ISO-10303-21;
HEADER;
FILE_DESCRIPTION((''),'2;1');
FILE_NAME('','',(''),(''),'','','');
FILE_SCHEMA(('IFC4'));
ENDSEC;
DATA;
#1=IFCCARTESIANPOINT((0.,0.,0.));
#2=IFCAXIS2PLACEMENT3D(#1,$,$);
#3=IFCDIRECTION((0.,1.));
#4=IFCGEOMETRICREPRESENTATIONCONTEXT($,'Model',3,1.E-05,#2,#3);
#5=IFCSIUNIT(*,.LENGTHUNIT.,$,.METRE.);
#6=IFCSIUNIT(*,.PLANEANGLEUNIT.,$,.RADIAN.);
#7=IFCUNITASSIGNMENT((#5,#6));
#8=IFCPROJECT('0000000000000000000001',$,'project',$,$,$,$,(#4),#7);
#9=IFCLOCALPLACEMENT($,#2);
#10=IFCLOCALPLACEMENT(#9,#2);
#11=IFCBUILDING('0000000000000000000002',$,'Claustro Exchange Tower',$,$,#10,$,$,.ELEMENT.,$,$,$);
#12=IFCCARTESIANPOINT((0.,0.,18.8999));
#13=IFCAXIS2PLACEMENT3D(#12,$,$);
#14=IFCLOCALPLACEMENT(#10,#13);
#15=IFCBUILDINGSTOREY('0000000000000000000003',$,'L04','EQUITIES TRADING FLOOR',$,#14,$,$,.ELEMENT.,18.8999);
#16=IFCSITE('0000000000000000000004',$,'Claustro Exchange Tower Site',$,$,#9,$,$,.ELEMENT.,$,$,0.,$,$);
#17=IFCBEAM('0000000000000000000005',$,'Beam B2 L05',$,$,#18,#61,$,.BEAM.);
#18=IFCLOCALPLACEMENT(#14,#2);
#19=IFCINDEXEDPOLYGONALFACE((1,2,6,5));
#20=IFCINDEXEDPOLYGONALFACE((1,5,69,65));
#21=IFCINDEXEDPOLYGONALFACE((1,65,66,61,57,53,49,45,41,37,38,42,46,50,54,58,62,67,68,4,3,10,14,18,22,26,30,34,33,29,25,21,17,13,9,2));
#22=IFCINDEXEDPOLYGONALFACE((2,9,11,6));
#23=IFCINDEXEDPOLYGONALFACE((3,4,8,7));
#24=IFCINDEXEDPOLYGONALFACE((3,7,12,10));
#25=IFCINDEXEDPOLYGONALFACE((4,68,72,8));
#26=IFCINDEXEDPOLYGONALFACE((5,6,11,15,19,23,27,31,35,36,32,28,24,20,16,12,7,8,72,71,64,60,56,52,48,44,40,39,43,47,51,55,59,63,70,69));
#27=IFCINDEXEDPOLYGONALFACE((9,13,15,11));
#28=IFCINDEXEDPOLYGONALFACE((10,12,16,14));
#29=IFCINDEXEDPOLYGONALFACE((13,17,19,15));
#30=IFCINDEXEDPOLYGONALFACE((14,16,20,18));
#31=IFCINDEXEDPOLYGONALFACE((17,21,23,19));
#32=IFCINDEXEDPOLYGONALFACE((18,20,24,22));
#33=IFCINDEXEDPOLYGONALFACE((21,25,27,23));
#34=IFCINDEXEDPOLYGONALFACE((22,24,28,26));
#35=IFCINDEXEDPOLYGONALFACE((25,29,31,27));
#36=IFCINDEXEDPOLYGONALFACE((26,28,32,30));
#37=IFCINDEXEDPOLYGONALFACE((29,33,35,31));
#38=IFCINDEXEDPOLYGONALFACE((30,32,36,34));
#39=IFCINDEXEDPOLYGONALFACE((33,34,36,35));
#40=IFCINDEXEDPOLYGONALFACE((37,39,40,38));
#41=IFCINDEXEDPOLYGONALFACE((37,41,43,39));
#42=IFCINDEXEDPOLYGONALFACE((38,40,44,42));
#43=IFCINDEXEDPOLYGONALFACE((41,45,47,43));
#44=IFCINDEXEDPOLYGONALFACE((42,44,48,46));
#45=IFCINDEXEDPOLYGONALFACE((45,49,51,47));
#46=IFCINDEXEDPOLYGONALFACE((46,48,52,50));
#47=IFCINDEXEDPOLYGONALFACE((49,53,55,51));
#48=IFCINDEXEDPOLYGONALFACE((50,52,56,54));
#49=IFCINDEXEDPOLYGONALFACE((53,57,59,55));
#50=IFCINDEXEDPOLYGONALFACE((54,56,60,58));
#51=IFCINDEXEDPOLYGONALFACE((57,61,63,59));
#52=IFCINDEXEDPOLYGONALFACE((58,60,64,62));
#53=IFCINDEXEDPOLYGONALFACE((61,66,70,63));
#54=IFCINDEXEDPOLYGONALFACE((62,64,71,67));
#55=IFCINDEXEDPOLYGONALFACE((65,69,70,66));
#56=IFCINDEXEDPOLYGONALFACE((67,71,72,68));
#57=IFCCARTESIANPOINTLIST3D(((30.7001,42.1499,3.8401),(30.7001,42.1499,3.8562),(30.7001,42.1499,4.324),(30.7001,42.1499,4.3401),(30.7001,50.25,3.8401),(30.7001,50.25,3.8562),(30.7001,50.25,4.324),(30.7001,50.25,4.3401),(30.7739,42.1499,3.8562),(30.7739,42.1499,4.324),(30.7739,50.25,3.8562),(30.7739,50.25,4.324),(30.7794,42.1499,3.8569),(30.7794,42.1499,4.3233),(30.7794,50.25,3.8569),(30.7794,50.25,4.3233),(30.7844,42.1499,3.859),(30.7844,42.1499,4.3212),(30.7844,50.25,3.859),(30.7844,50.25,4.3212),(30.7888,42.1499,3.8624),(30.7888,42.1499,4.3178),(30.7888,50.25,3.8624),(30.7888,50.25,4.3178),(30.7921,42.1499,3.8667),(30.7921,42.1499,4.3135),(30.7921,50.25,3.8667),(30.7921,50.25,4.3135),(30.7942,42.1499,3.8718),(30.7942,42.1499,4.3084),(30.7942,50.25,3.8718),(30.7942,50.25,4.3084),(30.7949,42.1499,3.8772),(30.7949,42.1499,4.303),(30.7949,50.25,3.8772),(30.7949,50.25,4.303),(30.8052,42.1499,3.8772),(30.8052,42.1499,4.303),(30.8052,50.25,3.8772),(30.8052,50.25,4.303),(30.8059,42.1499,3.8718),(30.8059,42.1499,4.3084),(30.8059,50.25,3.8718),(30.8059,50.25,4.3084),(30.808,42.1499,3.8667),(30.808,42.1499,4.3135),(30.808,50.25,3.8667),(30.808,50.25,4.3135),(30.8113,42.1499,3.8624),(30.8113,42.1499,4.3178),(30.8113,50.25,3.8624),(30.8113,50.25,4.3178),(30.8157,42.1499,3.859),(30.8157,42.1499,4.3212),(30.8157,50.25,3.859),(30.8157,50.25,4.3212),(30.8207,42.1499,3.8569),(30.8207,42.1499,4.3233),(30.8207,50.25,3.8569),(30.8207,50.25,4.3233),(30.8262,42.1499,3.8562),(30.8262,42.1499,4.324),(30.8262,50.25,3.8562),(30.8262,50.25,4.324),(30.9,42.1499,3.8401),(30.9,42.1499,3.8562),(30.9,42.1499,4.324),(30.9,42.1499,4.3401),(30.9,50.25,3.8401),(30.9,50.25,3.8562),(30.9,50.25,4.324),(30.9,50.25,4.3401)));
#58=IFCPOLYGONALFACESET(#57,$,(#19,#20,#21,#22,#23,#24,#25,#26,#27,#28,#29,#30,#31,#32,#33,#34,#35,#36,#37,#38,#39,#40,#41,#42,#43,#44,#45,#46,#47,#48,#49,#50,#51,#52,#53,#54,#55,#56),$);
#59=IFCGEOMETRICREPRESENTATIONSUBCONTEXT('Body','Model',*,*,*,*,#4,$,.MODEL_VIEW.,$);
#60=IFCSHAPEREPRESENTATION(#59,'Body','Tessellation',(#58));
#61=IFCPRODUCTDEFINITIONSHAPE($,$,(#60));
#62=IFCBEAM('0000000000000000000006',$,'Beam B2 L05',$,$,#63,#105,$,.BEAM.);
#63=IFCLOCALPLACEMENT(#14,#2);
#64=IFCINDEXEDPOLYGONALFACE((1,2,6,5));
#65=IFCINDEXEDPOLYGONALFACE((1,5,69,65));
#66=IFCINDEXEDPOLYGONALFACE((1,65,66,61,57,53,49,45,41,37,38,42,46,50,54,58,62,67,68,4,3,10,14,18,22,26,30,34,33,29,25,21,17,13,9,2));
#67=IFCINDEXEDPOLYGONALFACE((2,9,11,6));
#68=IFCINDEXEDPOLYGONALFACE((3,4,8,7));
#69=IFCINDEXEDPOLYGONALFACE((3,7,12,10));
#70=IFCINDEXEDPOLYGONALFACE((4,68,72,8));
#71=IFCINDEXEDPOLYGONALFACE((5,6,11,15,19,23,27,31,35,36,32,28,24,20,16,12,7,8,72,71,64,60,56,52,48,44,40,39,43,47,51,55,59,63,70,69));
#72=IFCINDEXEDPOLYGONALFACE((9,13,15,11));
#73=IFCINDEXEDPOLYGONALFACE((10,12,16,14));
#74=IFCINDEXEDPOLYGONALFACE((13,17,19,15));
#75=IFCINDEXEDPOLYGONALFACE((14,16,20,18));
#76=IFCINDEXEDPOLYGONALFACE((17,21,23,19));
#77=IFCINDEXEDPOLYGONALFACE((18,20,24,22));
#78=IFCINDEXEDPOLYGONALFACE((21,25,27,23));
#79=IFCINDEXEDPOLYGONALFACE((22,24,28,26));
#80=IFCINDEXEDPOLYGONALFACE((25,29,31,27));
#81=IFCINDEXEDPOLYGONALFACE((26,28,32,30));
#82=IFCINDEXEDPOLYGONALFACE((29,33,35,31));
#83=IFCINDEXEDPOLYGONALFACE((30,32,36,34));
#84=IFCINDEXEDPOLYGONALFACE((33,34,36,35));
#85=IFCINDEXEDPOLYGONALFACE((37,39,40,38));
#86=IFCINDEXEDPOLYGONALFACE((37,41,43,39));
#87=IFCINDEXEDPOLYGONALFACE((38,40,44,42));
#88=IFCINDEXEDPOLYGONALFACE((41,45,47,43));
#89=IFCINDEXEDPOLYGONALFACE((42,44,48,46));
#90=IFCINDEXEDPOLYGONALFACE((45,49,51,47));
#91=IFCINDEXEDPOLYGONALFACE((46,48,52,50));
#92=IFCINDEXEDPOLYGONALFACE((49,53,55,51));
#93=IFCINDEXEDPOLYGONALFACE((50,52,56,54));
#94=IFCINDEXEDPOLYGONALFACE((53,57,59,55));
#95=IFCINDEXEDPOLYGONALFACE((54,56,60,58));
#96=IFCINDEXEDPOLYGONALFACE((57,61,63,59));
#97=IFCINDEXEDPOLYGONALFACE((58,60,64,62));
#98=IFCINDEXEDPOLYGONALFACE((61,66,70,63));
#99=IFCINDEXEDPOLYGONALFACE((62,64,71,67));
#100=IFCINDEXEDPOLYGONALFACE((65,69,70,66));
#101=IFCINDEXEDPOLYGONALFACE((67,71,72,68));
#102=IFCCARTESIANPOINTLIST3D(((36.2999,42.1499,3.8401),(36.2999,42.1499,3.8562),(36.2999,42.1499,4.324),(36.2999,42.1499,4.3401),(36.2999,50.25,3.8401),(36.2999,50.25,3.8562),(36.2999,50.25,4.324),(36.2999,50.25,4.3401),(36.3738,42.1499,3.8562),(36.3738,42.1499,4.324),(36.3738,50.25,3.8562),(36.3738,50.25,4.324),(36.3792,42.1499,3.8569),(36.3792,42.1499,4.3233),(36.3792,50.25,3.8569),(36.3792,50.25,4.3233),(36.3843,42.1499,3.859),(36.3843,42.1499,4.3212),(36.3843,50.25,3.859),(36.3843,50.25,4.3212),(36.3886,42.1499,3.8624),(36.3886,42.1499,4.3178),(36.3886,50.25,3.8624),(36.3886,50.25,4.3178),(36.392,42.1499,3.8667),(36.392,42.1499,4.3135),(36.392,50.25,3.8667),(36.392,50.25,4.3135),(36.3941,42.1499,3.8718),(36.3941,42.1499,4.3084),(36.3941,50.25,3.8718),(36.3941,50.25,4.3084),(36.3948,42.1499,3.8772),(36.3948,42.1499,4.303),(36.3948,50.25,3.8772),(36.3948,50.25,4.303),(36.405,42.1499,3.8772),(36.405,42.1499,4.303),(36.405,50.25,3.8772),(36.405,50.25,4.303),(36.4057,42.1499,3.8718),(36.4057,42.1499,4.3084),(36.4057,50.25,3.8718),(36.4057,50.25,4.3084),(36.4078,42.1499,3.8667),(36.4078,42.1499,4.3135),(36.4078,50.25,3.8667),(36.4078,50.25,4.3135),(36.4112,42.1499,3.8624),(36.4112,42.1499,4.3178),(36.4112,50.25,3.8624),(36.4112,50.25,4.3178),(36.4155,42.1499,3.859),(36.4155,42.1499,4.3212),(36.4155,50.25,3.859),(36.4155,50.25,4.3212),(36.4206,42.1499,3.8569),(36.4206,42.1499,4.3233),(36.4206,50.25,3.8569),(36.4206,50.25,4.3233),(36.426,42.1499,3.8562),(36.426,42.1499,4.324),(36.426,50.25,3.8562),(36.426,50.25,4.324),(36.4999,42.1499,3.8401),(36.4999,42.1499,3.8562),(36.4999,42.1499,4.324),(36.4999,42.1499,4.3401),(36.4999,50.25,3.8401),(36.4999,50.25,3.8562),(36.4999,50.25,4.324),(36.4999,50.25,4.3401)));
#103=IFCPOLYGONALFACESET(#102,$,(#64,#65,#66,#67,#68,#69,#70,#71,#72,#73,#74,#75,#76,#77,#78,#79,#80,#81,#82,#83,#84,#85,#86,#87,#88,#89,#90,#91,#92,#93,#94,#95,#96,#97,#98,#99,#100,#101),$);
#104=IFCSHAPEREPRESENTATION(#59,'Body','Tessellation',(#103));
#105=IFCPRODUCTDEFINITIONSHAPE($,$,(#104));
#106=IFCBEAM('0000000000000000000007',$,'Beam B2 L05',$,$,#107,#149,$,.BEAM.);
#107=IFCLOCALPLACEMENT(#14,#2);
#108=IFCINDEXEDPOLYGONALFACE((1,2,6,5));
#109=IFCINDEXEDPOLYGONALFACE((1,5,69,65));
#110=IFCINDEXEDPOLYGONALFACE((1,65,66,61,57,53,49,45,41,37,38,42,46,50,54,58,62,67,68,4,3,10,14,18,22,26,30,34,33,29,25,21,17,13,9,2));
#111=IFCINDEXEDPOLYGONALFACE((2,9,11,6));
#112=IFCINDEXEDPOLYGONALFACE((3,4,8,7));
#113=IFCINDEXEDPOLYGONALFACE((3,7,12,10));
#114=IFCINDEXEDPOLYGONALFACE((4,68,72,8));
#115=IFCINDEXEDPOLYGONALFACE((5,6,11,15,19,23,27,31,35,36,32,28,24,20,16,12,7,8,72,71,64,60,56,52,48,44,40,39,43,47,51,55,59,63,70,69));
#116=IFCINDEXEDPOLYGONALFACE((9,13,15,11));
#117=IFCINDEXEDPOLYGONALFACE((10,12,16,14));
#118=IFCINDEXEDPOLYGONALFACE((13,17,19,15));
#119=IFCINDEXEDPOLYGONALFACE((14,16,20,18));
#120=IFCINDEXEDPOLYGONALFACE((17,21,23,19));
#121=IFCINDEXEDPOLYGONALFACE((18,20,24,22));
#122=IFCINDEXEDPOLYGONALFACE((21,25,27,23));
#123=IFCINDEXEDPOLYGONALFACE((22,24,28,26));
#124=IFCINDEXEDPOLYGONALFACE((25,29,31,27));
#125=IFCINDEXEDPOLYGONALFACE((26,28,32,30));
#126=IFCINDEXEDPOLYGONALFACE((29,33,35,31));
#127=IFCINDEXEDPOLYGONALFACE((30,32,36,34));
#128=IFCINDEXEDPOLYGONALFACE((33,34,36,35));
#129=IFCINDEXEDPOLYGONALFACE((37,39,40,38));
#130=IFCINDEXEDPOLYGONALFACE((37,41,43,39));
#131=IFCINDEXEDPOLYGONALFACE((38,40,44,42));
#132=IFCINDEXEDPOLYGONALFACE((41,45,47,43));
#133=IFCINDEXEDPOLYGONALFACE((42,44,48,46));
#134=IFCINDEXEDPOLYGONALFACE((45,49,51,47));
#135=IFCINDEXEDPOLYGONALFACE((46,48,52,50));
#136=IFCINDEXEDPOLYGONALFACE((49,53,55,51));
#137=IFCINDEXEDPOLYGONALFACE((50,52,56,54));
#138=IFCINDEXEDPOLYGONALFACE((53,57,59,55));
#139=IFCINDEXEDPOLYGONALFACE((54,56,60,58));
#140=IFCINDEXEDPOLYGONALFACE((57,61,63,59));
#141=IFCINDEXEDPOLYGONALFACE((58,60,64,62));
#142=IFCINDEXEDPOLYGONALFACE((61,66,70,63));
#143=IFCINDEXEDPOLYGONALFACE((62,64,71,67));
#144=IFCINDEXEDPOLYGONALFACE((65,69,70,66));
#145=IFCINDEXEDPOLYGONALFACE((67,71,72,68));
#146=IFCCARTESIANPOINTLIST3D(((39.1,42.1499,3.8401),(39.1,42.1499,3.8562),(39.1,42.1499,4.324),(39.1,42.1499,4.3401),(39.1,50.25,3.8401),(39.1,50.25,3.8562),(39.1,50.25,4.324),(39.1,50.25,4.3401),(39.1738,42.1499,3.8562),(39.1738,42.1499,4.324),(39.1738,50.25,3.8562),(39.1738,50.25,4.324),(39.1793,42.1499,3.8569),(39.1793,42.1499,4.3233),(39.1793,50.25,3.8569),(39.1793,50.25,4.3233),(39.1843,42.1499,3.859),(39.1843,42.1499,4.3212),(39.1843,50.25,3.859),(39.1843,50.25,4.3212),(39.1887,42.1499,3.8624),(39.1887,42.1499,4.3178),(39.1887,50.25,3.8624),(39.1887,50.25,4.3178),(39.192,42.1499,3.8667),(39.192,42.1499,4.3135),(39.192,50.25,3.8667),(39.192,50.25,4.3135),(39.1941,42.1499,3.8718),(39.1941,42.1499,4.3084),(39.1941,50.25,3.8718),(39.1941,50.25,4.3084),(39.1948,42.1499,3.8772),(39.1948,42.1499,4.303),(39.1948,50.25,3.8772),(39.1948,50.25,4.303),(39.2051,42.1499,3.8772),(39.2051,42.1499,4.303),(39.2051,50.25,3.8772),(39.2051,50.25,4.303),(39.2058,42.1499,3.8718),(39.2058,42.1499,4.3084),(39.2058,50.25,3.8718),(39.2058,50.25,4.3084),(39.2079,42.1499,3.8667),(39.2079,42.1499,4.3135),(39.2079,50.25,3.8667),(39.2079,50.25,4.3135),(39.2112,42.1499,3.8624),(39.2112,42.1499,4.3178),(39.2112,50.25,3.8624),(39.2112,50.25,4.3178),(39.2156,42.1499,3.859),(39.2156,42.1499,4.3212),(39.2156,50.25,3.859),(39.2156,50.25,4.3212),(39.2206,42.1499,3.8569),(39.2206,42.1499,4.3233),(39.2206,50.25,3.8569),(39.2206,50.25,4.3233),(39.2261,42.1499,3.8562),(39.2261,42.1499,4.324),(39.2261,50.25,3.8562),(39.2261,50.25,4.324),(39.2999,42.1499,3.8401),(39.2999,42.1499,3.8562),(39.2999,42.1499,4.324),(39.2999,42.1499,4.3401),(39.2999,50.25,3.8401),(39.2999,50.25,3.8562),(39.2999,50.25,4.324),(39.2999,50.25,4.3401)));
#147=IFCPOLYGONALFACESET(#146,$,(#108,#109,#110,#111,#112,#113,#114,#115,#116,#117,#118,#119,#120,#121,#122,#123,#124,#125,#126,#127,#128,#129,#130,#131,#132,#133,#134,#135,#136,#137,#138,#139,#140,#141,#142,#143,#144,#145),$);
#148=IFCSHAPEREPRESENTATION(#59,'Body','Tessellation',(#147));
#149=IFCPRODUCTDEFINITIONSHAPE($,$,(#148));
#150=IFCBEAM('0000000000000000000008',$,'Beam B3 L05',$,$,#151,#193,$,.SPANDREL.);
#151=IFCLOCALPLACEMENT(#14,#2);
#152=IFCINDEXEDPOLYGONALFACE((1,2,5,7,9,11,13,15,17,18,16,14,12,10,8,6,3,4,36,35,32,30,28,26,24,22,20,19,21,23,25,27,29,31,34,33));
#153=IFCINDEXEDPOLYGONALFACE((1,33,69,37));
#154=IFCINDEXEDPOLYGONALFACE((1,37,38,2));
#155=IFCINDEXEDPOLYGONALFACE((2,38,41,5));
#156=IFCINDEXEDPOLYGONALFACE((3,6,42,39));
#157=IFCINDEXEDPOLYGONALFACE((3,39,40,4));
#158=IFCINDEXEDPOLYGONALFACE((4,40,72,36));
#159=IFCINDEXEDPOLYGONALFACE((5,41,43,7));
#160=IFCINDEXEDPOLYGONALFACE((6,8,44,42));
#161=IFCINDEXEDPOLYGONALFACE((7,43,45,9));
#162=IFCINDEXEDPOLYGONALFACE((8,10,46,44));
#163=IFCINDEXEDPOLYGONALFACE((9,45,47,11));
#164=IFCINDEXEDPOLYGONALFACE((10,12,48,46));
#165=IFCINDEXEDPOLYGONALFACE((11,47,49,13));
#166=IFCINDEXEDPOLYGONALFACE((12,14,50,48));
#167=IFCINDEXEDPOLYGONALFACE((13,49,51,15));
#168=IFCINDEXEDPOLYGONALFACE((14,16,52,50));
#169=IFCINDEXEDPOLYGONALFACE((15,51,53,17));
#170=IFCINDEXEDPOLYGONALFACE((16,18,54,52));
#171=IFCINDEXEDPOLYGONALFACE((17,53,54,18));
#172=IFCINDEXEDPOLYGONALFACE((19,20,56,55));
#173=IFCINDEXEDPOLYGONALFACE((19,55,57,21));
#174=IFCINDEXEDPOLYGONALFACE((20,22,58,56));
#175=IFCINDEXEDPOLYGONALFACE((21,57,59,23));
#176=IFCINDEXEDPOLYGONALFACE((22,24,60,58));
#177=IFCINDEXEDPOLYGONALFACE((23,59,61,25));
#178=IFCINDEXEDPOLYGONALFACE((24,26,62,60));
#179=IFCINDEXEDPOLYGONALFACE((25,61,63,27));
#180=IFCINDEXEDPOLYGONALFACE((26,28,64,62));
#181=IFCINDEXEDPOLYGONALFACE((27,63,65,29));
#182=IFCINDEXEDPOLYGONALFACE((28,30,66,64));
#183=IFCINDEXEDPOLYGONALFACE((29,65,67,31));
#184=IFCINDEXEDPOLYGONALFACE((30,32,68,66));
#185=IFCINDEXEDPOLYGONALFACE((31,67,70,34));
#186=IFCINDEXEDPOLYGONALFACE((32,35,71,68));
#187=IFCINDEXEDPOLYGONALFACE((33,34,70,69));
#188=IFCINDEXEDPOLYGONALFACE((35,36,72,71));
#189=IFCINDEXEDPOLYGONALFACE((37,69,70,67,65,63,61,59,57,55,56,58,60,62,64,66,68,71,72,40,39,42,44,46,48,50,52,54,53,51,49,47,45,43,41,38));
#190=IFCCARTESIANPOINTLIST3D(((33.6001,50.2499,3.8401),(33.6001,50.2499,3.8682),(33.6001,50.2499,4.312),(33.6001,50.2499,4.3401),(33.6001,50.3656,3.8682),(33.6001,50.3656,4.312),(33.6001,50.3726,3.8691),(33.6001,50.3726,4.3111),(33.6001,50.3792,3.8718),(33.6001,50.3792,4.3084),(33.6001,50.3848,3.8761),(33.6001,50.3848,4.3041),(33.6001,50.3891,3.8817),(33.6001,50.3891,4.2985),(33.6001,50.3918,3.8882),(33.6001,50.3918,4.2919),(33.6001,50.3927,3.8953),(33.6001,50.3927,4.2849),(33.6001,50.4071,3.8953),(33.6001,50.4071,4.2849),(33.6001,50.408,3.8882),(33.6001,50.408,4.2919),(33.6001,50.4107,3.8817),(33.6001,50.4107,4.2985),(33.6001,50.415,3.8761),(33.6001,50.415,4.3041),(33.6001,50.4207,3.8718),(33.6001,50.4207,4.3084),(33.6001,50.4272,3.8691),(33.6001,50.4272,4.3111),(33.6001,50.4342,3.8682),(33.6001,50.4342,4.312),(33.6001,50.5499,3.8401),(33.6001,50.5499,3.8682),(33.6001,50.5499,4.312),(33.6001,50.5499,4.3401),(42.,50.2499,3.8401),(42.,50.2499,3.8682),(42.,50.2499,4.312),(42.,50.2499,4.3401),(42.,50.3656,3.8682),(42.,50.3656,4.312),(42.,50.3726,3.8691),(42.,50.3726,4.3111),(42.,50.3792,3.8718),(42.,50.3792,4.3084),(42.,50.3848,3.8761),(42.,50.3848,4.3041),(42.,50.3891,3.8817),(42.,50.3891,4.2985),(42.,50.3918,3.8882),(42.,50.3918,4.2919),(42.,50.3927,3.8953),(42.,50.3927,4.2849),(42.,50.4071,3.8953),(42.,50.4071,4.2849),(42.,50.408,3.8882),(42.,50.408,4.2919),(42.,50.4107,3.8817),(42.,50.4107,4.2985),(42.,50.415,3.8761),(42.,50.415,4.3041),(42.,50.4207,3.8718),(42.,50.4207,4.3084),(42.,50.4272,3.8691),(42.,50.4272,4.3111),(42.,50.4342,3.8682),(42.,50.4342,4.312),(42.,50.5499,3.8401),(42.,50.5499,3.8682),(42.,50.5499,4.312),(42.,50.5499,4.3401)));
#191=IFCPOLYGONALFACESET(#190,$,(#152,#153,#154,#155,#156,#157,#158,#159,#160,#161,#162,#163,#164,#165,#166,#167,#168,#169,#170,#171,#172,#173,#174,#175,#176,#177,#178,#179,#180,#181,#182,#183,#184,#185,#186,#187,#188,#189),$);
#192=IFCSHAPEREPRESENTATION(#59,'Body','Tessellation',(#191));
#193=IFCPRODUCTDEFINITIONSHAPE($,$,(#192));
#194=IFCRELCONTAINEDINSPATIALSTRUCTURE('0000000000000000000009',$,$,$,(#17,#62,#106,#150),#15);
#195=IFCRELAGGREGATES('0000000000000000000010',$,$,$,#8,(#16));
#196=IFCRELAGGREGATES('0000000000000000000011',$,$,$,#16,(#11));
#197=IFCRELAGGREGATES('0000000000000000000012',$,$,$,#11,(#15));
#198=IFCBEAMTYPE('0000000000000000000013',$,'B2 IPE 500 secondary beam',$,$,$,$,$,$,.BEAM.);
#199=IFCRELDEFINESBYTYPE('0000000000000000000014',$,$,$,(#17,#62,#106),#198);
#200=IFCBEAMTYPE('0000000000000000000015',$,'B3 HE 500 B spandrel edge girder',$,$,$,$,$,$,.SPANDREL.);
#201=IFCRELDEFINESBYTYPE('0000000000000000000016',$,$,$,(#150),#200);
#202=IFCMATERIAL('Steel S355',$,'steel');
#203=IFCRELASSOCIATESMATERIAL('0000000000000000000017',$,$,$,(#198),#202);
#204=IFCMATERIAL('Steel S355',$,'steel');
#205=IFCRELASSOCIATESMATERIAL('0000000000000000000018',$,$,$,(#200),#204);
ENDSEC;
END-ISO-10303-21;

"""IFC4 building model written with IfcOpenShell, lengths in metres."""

from ifc_helpers import new_model, si_unit, direction, frame, origin, origin_2d, place, context, subcontext, project, spatial, i_section, extrude, material, material_profile, profile_set, type_object, element, save


model = new_model("IFC4")

# Units and contexts
model_context = context("Model", 3, precision=1e-05, world=origin(), true_north=direction((0.0, 1.0)))
body_context = subcontext(model_context, "Body", "Model", "MODEL_VIEW")
ifc_project = project(units=[si_unit("LENGTHUNIT", "METRE"), si_unit("PLANEANGLEUNIT", "RADIAN")], contexts=[model_context])

# Site, building, storey
site_placement = place(None, origin())
site = spatial("IfcSite", under=ifc_project, at=site_placement, Name="Claustro Exchange Tower Site", CompositionType="ELEMENT", RefElevation=0.0)
building_placement = place(site_placement, origin())
building = spatial("IfcBuilding", under=site, at=building_placement, Name="Claustro Exchange Tower", CompositionType="ELEMENT")
storey_placement = place(building_placement, frame((0.0, 0.0, 18.8999)))
storey = spatial("IfcBuildingStorey", under=building, at=storey_placement, Name="L04", Description="EQUITIES TRADING FLOOR", CompositionType="ELEMENT", Elevation=18.8999)

# Beams
ifc_material_1 = material(Name="Steel S355", Category="steel")
ifc_material_profile_1 = material_profile(ifc_material_1, i_section(OverallWidth=0.2, OverallDepth=0.5, WebThickness=0.0103, FlangeThickness=0.0161, FilletRadius=0.021, at=origin_2d()), Name="IPE 500")
ifc_profile_set_1 = profile_set([ifc_material_profile_1], Name="Steel S355")
beam_type_1 = type_object("IfcBeamType", Name="B2 IPE 500 secondary beam", PredefinedType="BEAM", material=ifc_profile_set_1)
for number, where, z_axis, x_axis, name in (
    (1, (30.8, 42.1499, 4.0901), (0.0, 1.0, 0.0), (-1.0, 0.0, 0.0), "Beam B2 L05"),
    (2, (36.3999, 42.1499, 4.0901), (0.0, 1.0, 0.0), (-1.0, 0.0, 0.0), "Beam B2 L05"),
    (3, (39.2, 42.1499, 4.0901), (0.0, 1.0, 0.0), (-1.0, 0.0, 0.0), "Beam B2 L05"),
):
    element("IfcBeam", number, at=place(storey_placement, frame(where, z_axis=z_axis, x_axis=x_axis)), inside=storey, type_object=beam_type_1, Name=name, PredefinedType="BEAM", context=body_context, shape_type="SweptSolid", body=[
        extrude(i_section(OverallWidth=0.2, OverallDepth=0.5, WebThickness=0.0103, FlangeThickness=0.0161, FilletRadius=0.021, at=origin_2d()), origin(), (0.0, 0.0, 1.0), 8.1001),
    ])
ifc_material_2 = material(Name="Steel S355", Category="steel")
ifc_material_profile_2 = material_profile(ifc_material_2, i_section(OverallWidth=0.3, OverallDepth=0.5, WebThickness=0.0144, FlangeThickness=0.0281, FilletRadius=0.0271, at=origin_2d()), Name="HE 500 B")
ifc_profile_set_2 = profile_set([ifc_material_profile_2], Name="Steel S355")
beam_type_2 = type_object("IfcBeamType", Name="B3 HE 500 B spandrel edge girder", PredefinedType="SPANDREL", material=ifc_profile_set_2)
beam_placement = place(storey_placement, frame((33.6001, 50.3999, 4.0901), z_axis=(1.0, 0.0, 0.0), x_axis=(0.0, 1.0, 0.0)))
element("IfcBeam", 4, at=beam_placement, inside=storey, type_object=beam_type_2, Name="Beam B3 L05", PredefinedType="SPANDREL", context=body_context, shape_type="SweptSolid", body=[
    extrude(i_section(OverallWidth=0.3, OverallDepth=0.5, WebThickness=0.0144, FlangeThickness=0.0281, FilletRadius=0.0271, at=origin_2d()), origin(), (0.0, 0.0, 1.0), 8.3999),
])

save(model, "model.ifc")
